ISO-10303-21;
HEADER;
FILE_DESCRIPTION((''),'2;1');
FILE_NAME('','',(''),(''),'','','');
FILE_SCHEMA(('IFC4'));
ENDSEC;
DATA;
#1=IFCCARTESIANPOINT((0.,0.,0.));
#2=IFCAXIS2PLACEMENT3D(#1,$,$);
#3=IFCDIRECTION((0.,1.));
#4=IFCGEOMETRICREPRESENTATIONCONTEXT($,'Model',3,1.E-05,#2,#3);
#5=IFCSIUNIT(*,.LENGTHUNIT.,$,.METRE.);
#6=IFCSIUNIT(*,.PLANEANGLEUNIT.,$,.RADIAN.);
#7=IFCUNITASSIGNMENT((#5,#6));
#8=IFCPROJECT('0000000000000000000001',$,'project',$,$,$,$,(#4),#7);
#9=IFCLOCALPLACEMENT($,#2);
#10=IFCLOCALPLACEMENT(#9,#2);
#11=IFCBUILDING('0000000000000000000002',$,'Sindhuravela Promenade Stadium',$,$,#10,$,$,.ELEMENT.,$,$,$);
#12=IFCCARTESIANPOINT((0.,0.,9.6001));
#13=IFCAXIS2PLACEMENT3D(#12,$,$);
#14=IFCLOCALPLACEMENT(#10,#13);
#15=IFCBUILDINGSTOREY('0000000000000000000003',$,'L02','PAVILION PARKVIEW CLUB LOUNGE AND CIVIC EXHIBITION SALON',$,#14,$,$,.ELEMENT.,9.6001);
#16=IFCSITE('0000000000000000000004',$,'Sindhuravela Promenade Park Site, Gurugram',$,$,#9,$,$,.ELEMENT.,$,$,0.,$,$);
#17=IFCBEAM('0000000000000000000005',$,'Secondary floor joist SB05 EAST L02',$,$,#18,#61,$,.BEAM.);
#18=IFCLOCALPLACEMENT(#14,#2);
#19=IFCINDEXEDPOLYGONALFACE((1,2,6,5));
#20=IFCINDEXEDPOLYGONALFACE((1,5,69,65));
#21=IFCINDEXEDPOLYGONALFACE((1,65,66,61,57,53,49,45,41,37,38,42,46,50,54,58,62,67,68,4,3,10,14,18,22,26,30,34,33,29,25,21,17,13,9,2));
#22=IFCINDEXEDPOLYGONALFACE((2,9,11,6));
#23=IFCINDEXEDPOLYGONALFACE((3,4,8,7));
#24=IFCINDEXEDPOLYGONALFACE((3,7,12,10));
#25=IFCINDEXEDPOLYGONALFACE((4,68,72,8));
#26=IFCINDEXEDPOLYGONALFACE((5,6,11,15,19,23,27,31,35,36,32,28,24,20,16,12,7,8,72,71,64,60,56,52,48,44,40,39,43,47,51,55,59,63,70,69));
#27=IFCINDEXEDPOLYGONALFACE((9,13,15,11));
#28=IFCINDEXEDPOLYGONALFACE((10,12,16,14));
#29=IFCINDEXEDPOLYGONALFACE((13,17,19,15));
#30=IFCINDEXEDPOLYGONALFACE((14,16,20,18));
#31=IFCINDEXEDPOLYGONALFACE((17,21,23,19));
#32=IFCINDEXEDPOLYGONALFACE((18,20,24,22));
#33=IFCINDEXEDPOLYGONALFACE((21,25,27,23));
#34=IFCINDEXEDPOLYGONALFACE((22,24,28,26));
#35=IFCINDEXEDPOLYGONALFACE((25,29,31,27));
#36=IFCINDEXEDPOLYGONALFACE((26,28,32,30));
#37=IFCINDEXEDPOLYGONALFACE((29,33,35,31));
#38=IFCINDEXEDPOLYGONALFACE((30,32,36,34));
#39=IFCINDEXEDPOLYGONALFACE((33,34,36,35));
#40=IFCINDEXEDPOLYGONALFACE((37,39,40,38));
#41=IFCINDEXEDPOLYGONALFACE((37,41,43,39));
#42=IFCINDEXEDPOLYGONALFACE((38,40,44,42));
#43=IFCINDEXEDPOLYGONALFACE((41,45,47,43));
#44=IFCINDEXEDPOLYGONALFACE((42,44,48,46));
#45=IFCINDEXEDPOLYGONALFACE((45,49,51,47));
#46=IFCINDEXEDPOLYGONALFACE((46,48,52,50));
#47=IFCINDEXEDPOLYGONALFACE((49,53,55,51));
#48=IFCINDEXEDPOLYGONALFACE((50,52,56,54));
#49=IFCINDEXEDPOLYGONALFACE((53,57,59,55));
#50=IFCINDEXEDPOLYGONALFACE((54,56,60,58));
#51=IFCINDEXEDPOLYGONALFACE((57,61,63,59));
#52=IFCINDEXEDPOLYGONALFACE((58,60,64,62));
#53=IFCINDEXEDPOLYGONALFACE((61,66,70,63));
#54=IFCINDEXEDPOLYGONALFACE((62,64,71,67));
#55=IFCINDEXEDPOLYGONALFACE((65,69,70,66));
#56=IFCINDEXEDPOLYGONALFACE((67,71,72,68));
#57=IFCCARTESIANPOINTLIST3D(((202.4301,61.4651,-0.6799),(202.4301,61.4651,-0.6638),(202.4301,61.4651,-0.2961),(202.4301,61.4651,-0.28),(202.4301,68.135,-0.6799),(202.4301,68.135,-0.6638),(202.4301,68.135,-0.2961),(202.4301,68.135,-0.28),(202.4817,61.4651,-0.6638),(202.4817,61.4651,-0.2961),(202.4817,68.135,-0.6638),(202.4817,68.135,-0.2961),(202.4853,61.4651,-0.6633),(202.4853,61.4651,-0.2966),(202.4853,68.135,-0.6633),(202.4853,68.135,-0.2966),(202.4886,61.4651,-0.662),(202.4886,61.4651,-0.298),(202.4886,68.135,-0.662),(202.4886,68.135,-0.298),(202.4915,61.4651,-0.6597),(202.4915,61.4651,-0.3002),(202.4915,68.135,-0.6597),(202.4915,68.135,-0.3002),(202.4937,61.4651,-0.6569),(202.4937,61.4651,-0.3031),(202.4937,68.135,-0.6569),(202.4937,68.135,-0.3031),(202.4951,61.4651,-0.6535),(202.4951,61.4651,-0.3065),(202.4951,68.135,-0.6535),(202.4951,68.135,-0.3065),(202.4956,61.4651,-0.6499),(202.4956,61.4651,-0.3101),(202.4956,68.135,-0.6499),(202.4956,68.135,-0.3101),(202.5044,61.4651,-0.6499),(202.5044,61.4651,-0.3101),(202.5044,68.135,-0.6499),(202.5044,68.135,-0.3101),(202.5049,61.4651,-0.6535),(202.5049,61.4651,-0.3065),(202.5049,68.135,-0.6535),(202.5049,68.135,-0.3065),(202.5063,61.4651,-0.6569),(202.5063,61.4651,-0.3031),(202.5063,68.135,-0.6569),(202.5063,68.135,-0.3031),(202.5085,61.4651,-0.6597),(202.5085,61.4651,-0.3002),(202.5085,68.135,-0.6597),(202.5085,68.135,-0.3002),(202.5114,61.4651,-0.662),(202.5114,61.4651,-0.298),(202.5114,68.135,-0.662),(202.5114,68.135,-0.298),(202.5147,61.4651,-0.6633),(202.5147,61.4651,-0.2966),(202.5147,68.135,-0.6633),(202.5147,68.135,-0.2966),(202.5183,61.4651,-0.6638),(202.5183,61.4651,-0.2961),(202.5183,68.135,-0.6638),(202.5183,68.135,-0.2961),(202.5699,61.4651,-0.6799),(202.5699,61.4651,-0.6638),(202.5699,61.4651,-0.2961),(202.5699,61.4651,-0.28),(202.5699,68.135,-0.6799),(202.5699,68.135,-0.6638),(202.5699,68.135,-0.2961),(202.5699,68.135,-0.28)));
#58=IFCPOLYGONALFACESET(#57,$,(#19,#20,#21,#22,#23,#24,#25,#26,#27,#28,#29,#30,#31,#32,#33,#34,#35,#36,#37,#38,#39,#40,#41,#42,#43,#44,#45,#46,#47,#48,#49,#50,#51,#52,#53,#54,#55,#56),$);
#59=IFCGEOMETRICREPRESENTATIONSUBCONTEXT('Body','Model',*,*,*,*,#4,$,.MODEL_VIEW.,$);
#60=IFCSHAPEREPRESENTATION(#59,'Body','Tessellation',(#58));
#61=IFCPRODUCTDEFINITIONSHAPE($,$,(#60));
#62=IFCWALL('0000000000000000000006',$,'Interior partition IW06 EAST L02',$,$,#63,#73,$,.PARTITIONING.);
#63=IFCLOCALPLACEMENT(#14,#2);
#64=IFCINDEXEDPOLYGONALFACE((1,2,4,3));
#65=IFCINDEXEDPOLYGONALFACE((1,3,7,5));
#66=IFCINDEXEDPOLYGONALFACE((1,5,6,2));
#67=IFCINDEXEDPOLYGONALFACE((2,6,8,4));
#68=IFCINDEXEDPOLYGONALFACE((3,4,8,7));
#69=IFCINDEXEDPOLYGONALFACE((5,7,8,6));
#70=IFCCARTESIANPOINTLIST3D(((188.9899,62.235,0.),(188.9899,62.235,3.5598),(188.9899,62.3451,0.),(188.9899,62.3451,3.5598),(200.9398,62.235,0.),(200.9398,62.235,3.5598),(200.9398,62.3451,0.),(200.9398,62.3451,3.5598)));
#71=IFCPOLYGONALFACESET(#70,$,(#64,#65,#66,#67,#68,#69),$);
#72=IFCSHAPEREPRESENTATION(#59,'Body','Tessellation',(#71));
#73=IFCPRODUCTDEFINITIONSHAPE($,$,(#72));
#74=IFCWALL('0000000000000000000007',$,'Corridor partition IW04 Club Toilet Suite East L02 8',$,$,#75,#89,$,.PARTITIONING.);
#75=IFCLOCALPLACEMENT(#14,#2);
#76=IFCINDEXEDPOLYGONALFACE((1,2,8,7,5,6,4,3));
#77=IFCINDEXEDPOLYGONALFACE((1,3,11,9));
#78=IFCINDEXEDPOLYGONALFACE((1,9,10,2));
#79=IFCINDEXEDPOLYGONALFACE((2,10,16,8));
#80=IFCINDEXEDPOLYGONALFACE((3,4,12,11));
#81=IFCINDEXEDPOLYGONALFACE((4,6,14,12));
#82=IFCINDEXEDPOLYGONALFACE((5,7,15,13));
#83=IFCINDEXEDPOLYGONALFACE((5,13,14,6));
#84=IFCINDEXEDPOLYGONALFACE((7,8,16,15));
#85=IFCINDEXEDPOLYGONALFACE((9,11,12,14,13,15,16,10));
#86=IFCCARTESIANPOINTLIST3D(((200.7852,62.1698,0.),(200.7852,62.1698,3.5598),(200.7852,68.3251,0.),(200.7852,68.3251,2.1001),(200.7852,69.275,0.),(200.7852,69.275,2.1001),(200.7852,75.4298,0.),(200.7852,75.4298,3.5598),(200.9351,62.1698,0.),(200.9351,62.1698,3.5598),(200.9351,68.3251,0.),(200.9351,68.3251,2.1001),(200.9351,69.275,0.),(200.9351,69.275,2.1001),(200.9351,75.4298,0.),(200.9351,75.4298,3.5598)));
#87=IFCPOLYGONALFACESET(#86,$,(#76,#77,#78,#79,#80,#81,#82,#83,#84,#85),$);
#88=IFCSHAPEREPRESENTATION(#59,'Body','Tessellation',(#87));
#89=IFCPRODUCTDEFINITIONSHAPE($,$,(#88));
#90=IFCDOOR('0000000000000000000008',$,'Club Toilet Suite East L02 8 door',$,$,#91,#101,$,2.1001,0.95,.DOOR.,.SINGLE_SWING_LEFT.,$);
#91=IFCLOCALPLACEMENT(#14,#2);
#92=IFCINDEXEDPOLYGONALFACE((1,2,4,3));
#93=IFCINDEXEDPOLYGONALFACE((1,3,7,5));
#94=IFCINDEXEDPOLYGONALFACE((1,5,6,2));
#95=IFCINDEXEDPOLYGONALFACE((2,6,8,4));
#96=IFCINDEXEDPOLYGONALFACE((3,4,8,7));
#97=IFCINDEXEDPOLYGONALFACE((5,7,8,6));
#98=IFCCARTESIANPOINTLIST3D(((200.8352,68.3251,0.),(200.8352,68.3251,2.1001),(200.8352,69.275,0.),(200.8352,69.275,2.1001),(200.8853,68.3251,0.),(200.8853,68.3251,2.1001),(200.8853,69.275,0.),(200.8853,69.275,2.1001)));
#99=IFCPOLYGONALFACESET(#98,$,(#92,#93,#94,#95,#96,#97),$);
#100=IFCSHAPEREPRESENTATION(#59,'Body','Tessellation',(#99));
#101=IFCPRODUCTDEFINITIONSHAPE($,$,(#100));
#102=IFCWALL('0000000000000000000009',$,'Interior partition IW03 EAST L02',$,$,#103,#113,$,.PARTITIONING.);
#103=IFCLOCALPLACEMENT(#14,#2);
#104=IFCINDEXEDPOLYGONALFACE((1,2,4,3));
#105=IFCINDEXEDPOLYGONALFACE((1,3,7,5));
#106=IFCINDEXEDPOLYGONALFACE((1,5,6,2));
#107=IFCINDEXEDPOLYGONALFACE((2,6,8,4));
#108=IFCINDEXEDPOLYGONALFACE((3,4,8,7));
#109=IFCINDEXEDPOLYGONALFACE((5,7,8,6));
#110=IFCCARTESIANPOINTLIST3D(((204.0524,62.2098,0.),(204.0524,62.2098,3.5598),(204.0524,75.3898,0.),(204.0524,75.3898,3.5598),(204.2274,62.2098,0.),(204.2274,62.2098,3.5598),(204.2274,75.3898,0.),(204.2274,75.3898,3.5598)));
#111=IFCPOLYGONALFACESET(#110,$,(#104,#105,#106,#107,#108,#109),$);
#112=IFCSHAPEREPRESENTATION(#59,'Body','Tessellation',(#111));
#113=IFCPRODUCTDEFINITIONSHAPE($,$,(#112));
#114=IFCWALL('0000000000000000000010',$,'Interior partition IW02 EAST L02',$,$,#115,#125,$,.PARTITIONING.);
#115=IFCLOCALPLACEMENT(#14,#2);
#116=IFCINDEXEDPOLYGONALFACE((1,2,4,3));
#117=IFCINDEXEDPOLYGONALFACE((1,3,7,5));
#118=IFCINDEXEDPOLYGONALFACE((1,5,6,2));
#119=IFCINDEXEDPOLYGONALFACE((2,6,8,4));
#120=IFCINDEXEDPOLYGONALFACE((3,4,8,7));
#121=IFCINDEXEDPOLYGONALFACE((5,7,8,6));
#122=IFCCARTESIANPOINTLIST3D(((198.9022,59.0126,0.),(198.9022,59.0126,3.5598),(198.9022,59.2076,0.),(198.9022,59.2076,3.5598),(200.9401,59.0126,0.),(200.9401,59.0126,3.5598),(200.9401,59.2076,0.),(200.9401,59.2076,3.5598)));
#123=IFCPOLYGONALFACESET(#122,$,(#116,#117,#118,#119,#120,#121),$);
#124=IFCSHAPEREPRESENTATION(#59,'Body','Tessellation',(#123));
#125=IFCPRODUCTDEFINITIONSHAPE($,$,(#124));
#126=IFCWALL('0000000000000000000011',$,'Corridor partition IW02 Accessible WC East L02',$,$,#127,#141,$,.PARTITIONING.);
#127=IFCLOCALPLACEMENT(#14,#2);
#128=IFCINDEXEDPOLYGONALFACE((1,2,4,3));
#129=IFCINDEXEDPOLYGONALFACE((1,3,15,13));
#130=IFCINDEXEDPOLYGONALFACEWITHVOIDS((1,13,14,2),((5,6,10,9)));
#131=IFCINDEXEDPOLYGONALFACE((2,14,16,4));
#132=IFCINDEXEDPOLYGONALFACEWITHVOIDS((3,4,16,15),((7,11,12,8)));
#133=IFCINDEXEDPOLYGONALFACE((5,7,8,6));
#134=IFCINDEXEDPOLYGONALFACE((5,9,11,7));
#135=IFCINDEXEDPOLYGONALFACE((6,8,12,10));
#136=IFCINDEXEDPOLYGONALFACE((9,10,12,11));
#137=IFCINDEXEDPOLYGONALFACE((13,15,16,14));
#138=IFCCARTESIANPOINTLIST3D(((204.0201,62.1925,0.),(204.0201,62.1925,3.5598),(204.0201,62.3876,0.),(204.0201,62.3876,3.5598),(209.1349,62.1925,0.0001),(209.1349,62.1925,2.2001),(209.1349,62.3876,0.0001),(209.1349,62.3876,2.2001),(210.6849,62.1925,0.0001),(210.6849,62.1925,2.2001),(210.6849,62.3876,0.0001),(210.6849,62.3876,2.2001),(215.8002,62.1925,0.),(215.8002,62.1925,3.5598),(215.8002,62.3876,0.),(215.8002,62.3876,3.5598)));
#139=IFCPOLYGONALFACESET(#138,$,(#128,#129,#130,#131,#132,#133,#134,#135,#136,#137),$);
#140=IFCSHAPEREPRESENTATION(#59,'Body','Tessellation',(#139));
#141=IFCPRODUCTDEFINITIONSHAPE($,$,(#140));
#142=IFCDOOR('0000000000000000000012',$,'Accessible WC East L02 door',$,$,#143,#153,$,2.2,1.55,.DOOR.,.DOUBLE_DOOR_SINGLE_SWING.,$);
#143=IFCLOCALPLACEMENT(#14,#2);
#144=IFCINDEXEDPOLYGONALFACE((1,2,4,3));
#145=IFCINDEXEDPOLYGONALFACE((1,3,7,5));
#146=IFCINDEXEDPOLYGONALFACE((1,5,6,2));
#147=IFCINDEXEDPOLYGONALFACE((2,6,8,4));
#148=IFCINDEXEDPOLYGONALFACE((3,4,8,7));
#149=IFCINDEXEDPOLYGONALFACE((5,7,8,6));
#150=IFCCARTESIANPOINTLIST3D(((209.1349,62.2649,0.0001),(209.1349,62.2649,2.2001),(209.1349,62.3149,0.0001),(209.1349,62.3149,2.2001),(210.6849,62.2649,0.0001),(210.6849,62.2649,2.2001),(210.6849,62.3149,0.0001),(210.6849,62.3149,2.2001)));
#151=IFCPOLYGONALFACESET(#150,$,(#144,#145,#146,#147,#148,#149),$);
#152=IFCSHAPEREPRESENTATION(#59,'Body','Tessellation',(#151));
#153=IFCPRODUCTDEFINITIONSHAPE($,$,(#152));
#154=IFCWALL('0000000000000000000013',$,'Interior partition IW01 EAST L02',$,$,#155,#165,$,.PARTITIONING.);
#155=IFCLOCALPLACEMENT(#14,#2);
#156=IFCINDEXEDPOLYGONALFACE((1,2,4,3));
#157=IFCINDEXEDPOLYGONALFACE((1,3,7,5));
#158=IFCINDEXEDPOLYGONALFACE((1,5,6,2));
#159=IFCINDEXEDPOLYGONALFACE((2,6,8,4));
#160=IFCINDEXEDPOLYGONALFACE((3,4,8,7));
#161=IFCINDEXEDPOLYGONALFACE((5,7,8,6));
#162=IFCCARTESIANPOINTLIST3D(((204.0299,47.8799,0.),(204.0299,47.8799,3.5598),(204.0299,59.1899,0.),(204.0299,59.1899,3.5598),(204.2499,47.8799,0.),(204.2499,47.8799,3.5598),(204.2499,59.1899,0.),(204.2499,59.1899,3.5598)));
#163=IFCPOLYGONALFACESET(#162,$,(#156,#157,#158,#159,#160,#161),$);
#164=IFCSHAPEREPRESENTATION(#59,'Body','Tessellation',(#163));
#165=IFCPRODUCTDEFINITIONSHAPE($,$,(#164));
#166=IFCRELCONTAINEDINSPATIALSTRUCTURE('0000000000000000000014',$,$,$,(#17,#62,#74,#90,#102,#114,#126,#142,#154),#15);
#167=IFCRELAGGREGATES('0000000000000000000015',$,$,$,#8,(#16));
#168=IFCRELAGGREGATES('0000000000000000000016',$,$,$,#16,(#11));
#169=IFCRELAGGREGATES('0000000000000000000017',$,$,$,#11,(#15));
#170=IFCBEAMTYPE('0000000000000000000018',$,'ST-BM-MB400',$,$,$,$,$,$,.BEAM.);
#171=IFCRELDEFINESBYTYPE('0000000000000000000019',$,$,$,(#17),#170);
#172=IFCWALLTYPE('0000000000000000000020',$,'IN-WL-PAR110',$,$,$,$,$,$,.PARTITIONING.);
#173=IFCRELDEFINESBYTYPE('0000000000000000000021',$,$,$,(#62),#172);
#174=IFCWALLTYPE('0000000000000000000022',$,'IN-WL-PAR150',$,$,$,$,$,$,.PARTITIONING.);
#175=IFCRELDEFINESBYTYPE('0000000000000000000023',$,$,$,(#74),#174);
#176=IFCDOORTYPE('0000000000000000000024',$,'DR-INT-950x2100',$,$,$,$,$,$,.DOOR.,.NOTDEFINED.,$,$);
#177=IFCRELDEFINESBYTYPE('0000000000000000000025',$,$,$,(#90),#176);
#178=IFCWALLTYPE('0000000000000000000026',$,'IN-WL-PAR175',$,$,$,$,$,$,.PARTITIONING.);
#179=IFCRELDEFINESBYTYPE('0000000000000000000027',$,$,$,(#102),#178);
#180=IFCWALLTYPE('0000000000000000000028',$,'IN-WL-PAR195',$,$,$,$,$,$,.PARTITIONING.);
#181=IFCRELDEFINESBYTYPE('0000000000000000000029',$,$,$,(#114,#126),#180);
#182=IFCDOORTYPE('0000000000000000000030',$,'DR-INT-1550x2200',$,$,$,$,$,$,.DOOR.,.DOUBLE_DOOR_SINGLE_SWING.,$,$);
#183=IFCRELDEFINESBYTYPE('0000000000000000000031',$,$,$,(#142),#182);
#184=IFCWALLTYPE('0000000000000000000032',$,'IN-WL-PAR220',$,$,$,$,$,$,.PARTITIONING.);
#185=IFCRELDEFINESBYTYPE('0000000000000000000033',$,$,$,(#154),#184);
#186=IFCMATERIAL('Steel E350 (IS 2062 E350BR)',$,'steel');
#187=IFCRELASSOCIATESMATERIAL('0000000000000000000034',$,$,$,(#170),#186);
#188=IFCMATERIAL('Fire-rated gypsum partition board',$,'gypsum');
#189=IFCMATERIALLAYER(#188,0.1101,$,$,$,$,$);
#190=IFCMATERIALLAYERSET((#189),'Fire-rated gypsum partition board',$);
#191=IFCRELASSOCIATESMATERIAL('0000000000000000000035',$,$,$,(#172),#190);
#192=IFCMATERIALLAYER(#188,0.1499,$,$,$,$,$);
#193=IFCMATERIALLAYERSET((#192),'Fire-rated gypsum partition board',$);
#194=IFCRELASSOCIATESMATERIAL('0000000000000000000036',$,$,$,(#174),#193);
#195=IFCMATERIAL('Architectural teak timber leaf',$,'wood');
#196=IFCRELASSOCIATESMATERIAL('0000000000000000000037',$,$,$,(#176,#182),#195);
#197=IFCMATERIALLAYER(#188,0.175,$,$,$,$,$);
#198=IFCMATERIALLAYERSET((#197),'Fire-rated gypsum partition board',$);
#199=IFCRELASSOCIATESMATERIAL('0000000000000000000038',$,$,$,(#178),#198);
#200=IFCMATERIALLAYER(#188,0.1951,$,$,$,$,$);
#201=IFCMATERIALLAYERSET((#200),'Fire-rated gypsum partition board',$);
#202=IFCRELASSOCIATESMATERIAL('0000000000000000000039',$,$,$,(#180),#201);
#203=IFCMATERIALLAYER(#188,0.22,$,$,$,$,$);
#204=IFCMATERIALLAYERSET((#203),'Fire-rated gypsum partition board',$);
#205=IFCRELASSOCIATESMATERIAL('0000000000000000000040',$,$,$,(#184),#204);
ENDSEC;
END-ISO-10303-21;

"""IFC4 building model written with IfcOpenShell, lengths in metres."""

from ifc_helpers import new_model, si_unit, direction, frame, frame_2d, origin, origin_2d, place, context, subcontext, project, spatial, rectangle, i_section, extrude, material, layer, layer_set, material_profile, profile_set, type_object, element, fill, save


model = new_model("IFC4")

# Units and contexts
model_context = context("Model", 3, precision=1e-05, world=origin(), true_north=direction((0.0, 1.0)))
body_context = subcontext(model_context, "Body", "Model", "MODEL_VIEW")
ifc_project = project(units=[si_unit("LENGTHUNIT", "METRE"), si_unit("PLANEANGLEUNIT", "RADIAN")], contexts=[model_context])

# Site, building, storey
site_placement = place(None, origin())
site = spatial("IfcSite", under=ifc_project, at=site_placement, Name="Sindhuravela Promenade Park Site, Gurugram", CompositionType="ELEMENT", RefElevation=0.0)
building_placement = place(site_placement, origin())
building = spatial("IfcBuilding", under=site, at=building_placement, Name="Sindhuravela Promenade Stadium", CompositionType="ELEMENT")
storey_placement = place(building_placement, frame((0.0, 0.0, 9.6001)))
storey = spatial("IfcBuildingStorey", under=building, at=storey_placement, Name="L02", Description="PAVILION PARKVIEW CLUB LOUNGE AND CIVIC EXHIBITION SALON", CompositionType="ELEMENT", Elevation=9.6001)

# Beam
ifc_material_1 = material(Name="Steel E350 (IS 2062 E350BR)", Category="steel")
ifc_material_profile_1 = material_profile(ifc_material_1, i_section(OverallWidth=0.1399, OverallDepth=0.3999, WebThickness=0.0088, FlangeThickness=0.0161, FilletRadius=0.0139, at=origin_2d()), Name="ISMB 400")
ifc_profile_set_1 = profile_set([ifc_material_profile_1], Name="Steel E350 (IS 2062 E350BR)")
beam_type_1 = type_object("IfcBeamType", Name="ST-BM-MB400", PredefinedType="BEAM", material=ifc_profile_set_1)
beam_1_placement = place(storey_placement, frame((202.5, 61.4651, -0.48), z_axis=(0.0, 1.0, 0.0), x_axis=(-1.0, 0.0, 0.0)))
element("IfcBeam", 1, at=beam_1_placement, inside=storey, type_object=beam_type_1, Name="Secondary floor joist SB05 EAST L02", PredefinedType="BEAM", context=body_context, shape_type="SweptSolid", body=[
    extrude(i_section(OverallWidth=0.1399, OverallDepth=0.3999, WebThickness=0.0088, FlangeThickness=0.0161, FilletRadius=0.0139, at=origin_2d()), origin(), (0.0, 0.0, 1.0), 6.6699),
])

# Wall
ifc_material_2 = material(Name="Fire-rated gypsum partition board", Category="gypsum")
ifc_layer_1 = layer(ifc_material_2, 0.1101)
ifc_layer_set_1 = layer_set([ifc_layer_1], Name="Fire-rated gypsum partition board")
wall_type_1 = type_object("IfcWallType", Name="IN-WL-PAR110", PredefinedType="PARTITIONING", material=ifc_layer_set_1)
wall_1_placement = place(storey_placement, frame((200.9399, 62.29, 0.0), z_axis=(0.0, 0.0, 1.0), x_axis=(-1.0, 0.0, 0.0)))
element("IfcWall", 2, at=wall_1_placement, inside=storey, type_object=wall_type_1, Name="Interior partition IW06 EAST L02", PredefinedType="PARTITIONING", context=body_context, shape_type="SweptSolid", body=[
    extrude(rectangle(XDim=11.95, YDim=0.1101, at=frame_2d((5.9751, 0.0))), origin(), (0.0, 0.0, 1.0), 3.5598),
])

# Wall, opening, door
ifc_layer_2 = layer(ifc_material_2, 0.1499)
ifc_layer_set_2 = layer_set([ifc_layer_2], Name="Fire-rated gypsum partition board")
wall_type_2 = type_object("IfcWallType", Name="IN-WL-PAR150", PredefinedType="PARTITIONING", material=ifc_layer_set_2)
wall_2_placement = place(storey_placement, frame((200.8601, 62.1699, 0.0), z_axis=(0.0, 0.0, 1.0), x_axis=(0.0, 1.0, 0.0)))
wall_2 = element("IfcWall", 3, at=wall_2_placement, inside=storey, type_object=wall_type_2, Name="Corridor partition IW04 Club Toilet Suite East L02 8", PredefinedType="PARTITIONING", context=body_context, shape_type="SweptSolid", body=[
    extrude(rectangle(XDim=13.26, YDim=0.1499, at=frame_2d((6.6299, 0.0))), origin(), (0.0, 0.0, 1.0), 3.5598),
])
opening_1_placement = place(wall_2_placement, frame((6.155, 0.0, 0.0)))
opening_1 = element("IfcOpeningElement", 4, at=opening_1_placement, cuts=wall_2, PredefinedType="OPENING", context=body_context, shape_type="SweptSolid", body=[
    extrude(rectangle(XDim=0.95, YDim=2.1001, at=frame_2d((0.4751, 1.05))), frame((0.0, 0.085, 0.0), z_axis=(0.0, -1.0, 0.0), x_axis=(1.0, 0.0, 0.0)), (0.0, 0.0, 1.0), 0.1699),
])
ifc_material_3 = material(Name="Architectural teak timber leaf", Category="wood")
door_type_1 = type_object("IfcDoorType", Name="DR-INT-950x2100", OperationType="NOTDEFINED", PredefinedType="DOOR", material=ifc_material_3)
door_1_placement = place(opening_1_placement, origin())
door_1 = element("IfcDoor", 5, at=door_1_placement, inside=storey, type_object=door_type_1, Name="Club Toilet Suite East L02 8 door", OperationType="SINGLE_SWING_LEFT", OverallHeight=2.1001, OverallWidth=0.95, PredefinedType="DOOR", context=body_context, shape_type="SweptSolid", body=[
    extrude(rectangle(XDim=0.95, YDim=2.1001, at=frame_2d((0.4751, 1.05))), frame((0.0, 0.0249, 0.0), z_axis=(0.0, -1.0, 0.0), x_axis=(1.0, 0.0, 0.0)), (0.0, 0.0, 1.0), 0.05),
])
fill(opening_1, door_1)

# Walls
ifc_layer_3 = layer(ifc_material_2, 0.175)
ifc_layer_set_3 = layer_set([ifc_layer_3], Name="Fire-rated gypsum partition board")
wall_type_3 = type_object("IfcWallType", Name="IN-WL-PAR175", PredefinedType="PARTITIONING", material=ifc_layer_set_3)
wall_3_placement = place(storey_placement, frame((204.1399, 62.21, 0.0), z_axis=(0.0, 0.0, 1.0), x_axis=(0.0, 1.0, 0.0)))
element("IfcWall", 6, at=wall_3_placement, inside=storey, type_object=wall_type_3, Name="Interior partition IW03 EAST L02", PredefinedType="PARTITIONING", context=body_context, shape_type="SweptSolid", body=[
    extrude(rectangle(XDim=13.1799, YDim=0.175, at=frame_2d((6.5898, 0.0))), origin(), (0.0, 0.0, 1.0), 3.5598),
])
ifc_layer_4 = layer(ifc_material_2, 0.1951)
ifc_layer_set_4 = layer_set([ifc_layer_4], Name="Fire-rated gypsum partition board")
wall_type_4 = type_object("IfcWallType", Name="IN-WL-PAR195", PredefinedType="PARTITIONING", material=ifc_layer_set_4)
wall_4_placement = place(storey_placement, frame((198.9021, 59.1101, 0.0), z_axis=(0.0, 0.0, 1.0), x_axis=(1.0, 0.0, 0.0)))
element("IfcWall", 7, at=wall_4_placement, inside=storey, type_object=wall_type_4, Name="Interior partition IW02 EAST L02", PredefinedType="PARTITIONING", context=body_context, shape_type="SweptSolid", body=[
    extrude(rectangle(XDim=2.0378, YDim=0.1951, at=frame_2d((1.019, 0.0))), origin(), (0.0, 0.0, 1.0), 3.5598),
])

# Wall, opening, door
wall_5_placement = place(storey_placement, frame((204.02, 62.29, 0.0), z_axis=(0.0, 0.0, 1.0), x_axis=(1.0, 0.0, 0.0)))
wall_5 = element("IfcWall", 8, at=wall_5_placement, inside=storey, type_object=wall_type_4, Name="Corridor partition IW02 Accessible WC East L02", PredefinedType="PARTITIONING", context=body_context, shape_type="SweptSolid", body=[
    extrude(rectangle(XDim=11.78, YDim=0.1951, at=frame_2d((5.8901, 0.0))), origin(), (0.0, 0.0, 1.0), 3.5598),
])
opening_2_placement = place(wall_5_placement, frame((5.115, 0.0, 0.0)))
opening_2 = element("IfcOpeningElement", 9, at=opening_2_placement, cuts=wall_5, PredefinedType="OPENING", context=body_context, shape_type="SweptSolid", body=[
    extrude(rectangle(XDim=1.55, YDim=2.2, at=frame_2d((0.7749, 1.1001))), frame((0.0, 0.1074, 0.0), z_axis=(0.0, -1.0, 0.0), x_axis=(1.0, 0.0, 0.0)), (0.0, 0.0, 1.0), 0.2151),
])
door_type_2 = type_object("IfcDoorType", Name="DR-INT-1550x2200", OperationType="DOUBLE_DOOR_SINGLE_SWING", PredefinedType="DOOR", material=ifc_material_3)
door_2_placement = place(opening_2_placement, origin())
door_2 = element("IfcDoor", 10, at=door_2_placement, inside=storey, type_object=door_type_2, Name="Accessible WC East L02 door", OperationType="DOUBLE_DOOR_SINGLE_SWING", OverallHeight=2.2, OverallWidth=1.55, PredefinedType="DOOR", context=body_context, shape_type="SweptSolid", body=[
    extrude(rectangle(XDim=1.55, YDim=2.2, at=frame_2d((0.7749, 1.1001))), frame((0.0, 0.0249, 0.0), z_axis=(0.0, -1.0, 0.0), x_axis=(1.0, 0.0, 0.0)), (0.0, 0.0, 1.0), 0.05),
])
fill(opening_2, door_2)

# Wall
ifc_layer_5 = layer(ifc_material_2, 0.22)
ifc_layer_set_5 = layer_set([ifc_layer_5], Name="Fire-rated gypsum partition board")
wall_type_5 = type_object("IfcWallType", Name="IN-WL-PAR220", PredefinedType="PARTITIONING", material=ifc_layer_set_5)
wall_6_placement = place(storey_placement, frame((204.1399, 47.8799, 0.0), z_axis=(0.0, 0.0, 1.0), x_axis=(0.0, 1.0, 0.0)))
element("IfcWall", 11, at=wall_6_placement, inside=storey, type_object=wall_type_5, Name="Interior partition IW01 EAST L02", PredefinedType="PARTITIONING", context=body_context, shape_type="SweptSolid", body=[
    extrude(rectangle(XDim=11.3101, YDim=0.22, at=frame_2d((5.655, 0.0))), origin(), (0.0, 0.0, 1.0), 3.5598),
])

save(model, "model.ifc")
